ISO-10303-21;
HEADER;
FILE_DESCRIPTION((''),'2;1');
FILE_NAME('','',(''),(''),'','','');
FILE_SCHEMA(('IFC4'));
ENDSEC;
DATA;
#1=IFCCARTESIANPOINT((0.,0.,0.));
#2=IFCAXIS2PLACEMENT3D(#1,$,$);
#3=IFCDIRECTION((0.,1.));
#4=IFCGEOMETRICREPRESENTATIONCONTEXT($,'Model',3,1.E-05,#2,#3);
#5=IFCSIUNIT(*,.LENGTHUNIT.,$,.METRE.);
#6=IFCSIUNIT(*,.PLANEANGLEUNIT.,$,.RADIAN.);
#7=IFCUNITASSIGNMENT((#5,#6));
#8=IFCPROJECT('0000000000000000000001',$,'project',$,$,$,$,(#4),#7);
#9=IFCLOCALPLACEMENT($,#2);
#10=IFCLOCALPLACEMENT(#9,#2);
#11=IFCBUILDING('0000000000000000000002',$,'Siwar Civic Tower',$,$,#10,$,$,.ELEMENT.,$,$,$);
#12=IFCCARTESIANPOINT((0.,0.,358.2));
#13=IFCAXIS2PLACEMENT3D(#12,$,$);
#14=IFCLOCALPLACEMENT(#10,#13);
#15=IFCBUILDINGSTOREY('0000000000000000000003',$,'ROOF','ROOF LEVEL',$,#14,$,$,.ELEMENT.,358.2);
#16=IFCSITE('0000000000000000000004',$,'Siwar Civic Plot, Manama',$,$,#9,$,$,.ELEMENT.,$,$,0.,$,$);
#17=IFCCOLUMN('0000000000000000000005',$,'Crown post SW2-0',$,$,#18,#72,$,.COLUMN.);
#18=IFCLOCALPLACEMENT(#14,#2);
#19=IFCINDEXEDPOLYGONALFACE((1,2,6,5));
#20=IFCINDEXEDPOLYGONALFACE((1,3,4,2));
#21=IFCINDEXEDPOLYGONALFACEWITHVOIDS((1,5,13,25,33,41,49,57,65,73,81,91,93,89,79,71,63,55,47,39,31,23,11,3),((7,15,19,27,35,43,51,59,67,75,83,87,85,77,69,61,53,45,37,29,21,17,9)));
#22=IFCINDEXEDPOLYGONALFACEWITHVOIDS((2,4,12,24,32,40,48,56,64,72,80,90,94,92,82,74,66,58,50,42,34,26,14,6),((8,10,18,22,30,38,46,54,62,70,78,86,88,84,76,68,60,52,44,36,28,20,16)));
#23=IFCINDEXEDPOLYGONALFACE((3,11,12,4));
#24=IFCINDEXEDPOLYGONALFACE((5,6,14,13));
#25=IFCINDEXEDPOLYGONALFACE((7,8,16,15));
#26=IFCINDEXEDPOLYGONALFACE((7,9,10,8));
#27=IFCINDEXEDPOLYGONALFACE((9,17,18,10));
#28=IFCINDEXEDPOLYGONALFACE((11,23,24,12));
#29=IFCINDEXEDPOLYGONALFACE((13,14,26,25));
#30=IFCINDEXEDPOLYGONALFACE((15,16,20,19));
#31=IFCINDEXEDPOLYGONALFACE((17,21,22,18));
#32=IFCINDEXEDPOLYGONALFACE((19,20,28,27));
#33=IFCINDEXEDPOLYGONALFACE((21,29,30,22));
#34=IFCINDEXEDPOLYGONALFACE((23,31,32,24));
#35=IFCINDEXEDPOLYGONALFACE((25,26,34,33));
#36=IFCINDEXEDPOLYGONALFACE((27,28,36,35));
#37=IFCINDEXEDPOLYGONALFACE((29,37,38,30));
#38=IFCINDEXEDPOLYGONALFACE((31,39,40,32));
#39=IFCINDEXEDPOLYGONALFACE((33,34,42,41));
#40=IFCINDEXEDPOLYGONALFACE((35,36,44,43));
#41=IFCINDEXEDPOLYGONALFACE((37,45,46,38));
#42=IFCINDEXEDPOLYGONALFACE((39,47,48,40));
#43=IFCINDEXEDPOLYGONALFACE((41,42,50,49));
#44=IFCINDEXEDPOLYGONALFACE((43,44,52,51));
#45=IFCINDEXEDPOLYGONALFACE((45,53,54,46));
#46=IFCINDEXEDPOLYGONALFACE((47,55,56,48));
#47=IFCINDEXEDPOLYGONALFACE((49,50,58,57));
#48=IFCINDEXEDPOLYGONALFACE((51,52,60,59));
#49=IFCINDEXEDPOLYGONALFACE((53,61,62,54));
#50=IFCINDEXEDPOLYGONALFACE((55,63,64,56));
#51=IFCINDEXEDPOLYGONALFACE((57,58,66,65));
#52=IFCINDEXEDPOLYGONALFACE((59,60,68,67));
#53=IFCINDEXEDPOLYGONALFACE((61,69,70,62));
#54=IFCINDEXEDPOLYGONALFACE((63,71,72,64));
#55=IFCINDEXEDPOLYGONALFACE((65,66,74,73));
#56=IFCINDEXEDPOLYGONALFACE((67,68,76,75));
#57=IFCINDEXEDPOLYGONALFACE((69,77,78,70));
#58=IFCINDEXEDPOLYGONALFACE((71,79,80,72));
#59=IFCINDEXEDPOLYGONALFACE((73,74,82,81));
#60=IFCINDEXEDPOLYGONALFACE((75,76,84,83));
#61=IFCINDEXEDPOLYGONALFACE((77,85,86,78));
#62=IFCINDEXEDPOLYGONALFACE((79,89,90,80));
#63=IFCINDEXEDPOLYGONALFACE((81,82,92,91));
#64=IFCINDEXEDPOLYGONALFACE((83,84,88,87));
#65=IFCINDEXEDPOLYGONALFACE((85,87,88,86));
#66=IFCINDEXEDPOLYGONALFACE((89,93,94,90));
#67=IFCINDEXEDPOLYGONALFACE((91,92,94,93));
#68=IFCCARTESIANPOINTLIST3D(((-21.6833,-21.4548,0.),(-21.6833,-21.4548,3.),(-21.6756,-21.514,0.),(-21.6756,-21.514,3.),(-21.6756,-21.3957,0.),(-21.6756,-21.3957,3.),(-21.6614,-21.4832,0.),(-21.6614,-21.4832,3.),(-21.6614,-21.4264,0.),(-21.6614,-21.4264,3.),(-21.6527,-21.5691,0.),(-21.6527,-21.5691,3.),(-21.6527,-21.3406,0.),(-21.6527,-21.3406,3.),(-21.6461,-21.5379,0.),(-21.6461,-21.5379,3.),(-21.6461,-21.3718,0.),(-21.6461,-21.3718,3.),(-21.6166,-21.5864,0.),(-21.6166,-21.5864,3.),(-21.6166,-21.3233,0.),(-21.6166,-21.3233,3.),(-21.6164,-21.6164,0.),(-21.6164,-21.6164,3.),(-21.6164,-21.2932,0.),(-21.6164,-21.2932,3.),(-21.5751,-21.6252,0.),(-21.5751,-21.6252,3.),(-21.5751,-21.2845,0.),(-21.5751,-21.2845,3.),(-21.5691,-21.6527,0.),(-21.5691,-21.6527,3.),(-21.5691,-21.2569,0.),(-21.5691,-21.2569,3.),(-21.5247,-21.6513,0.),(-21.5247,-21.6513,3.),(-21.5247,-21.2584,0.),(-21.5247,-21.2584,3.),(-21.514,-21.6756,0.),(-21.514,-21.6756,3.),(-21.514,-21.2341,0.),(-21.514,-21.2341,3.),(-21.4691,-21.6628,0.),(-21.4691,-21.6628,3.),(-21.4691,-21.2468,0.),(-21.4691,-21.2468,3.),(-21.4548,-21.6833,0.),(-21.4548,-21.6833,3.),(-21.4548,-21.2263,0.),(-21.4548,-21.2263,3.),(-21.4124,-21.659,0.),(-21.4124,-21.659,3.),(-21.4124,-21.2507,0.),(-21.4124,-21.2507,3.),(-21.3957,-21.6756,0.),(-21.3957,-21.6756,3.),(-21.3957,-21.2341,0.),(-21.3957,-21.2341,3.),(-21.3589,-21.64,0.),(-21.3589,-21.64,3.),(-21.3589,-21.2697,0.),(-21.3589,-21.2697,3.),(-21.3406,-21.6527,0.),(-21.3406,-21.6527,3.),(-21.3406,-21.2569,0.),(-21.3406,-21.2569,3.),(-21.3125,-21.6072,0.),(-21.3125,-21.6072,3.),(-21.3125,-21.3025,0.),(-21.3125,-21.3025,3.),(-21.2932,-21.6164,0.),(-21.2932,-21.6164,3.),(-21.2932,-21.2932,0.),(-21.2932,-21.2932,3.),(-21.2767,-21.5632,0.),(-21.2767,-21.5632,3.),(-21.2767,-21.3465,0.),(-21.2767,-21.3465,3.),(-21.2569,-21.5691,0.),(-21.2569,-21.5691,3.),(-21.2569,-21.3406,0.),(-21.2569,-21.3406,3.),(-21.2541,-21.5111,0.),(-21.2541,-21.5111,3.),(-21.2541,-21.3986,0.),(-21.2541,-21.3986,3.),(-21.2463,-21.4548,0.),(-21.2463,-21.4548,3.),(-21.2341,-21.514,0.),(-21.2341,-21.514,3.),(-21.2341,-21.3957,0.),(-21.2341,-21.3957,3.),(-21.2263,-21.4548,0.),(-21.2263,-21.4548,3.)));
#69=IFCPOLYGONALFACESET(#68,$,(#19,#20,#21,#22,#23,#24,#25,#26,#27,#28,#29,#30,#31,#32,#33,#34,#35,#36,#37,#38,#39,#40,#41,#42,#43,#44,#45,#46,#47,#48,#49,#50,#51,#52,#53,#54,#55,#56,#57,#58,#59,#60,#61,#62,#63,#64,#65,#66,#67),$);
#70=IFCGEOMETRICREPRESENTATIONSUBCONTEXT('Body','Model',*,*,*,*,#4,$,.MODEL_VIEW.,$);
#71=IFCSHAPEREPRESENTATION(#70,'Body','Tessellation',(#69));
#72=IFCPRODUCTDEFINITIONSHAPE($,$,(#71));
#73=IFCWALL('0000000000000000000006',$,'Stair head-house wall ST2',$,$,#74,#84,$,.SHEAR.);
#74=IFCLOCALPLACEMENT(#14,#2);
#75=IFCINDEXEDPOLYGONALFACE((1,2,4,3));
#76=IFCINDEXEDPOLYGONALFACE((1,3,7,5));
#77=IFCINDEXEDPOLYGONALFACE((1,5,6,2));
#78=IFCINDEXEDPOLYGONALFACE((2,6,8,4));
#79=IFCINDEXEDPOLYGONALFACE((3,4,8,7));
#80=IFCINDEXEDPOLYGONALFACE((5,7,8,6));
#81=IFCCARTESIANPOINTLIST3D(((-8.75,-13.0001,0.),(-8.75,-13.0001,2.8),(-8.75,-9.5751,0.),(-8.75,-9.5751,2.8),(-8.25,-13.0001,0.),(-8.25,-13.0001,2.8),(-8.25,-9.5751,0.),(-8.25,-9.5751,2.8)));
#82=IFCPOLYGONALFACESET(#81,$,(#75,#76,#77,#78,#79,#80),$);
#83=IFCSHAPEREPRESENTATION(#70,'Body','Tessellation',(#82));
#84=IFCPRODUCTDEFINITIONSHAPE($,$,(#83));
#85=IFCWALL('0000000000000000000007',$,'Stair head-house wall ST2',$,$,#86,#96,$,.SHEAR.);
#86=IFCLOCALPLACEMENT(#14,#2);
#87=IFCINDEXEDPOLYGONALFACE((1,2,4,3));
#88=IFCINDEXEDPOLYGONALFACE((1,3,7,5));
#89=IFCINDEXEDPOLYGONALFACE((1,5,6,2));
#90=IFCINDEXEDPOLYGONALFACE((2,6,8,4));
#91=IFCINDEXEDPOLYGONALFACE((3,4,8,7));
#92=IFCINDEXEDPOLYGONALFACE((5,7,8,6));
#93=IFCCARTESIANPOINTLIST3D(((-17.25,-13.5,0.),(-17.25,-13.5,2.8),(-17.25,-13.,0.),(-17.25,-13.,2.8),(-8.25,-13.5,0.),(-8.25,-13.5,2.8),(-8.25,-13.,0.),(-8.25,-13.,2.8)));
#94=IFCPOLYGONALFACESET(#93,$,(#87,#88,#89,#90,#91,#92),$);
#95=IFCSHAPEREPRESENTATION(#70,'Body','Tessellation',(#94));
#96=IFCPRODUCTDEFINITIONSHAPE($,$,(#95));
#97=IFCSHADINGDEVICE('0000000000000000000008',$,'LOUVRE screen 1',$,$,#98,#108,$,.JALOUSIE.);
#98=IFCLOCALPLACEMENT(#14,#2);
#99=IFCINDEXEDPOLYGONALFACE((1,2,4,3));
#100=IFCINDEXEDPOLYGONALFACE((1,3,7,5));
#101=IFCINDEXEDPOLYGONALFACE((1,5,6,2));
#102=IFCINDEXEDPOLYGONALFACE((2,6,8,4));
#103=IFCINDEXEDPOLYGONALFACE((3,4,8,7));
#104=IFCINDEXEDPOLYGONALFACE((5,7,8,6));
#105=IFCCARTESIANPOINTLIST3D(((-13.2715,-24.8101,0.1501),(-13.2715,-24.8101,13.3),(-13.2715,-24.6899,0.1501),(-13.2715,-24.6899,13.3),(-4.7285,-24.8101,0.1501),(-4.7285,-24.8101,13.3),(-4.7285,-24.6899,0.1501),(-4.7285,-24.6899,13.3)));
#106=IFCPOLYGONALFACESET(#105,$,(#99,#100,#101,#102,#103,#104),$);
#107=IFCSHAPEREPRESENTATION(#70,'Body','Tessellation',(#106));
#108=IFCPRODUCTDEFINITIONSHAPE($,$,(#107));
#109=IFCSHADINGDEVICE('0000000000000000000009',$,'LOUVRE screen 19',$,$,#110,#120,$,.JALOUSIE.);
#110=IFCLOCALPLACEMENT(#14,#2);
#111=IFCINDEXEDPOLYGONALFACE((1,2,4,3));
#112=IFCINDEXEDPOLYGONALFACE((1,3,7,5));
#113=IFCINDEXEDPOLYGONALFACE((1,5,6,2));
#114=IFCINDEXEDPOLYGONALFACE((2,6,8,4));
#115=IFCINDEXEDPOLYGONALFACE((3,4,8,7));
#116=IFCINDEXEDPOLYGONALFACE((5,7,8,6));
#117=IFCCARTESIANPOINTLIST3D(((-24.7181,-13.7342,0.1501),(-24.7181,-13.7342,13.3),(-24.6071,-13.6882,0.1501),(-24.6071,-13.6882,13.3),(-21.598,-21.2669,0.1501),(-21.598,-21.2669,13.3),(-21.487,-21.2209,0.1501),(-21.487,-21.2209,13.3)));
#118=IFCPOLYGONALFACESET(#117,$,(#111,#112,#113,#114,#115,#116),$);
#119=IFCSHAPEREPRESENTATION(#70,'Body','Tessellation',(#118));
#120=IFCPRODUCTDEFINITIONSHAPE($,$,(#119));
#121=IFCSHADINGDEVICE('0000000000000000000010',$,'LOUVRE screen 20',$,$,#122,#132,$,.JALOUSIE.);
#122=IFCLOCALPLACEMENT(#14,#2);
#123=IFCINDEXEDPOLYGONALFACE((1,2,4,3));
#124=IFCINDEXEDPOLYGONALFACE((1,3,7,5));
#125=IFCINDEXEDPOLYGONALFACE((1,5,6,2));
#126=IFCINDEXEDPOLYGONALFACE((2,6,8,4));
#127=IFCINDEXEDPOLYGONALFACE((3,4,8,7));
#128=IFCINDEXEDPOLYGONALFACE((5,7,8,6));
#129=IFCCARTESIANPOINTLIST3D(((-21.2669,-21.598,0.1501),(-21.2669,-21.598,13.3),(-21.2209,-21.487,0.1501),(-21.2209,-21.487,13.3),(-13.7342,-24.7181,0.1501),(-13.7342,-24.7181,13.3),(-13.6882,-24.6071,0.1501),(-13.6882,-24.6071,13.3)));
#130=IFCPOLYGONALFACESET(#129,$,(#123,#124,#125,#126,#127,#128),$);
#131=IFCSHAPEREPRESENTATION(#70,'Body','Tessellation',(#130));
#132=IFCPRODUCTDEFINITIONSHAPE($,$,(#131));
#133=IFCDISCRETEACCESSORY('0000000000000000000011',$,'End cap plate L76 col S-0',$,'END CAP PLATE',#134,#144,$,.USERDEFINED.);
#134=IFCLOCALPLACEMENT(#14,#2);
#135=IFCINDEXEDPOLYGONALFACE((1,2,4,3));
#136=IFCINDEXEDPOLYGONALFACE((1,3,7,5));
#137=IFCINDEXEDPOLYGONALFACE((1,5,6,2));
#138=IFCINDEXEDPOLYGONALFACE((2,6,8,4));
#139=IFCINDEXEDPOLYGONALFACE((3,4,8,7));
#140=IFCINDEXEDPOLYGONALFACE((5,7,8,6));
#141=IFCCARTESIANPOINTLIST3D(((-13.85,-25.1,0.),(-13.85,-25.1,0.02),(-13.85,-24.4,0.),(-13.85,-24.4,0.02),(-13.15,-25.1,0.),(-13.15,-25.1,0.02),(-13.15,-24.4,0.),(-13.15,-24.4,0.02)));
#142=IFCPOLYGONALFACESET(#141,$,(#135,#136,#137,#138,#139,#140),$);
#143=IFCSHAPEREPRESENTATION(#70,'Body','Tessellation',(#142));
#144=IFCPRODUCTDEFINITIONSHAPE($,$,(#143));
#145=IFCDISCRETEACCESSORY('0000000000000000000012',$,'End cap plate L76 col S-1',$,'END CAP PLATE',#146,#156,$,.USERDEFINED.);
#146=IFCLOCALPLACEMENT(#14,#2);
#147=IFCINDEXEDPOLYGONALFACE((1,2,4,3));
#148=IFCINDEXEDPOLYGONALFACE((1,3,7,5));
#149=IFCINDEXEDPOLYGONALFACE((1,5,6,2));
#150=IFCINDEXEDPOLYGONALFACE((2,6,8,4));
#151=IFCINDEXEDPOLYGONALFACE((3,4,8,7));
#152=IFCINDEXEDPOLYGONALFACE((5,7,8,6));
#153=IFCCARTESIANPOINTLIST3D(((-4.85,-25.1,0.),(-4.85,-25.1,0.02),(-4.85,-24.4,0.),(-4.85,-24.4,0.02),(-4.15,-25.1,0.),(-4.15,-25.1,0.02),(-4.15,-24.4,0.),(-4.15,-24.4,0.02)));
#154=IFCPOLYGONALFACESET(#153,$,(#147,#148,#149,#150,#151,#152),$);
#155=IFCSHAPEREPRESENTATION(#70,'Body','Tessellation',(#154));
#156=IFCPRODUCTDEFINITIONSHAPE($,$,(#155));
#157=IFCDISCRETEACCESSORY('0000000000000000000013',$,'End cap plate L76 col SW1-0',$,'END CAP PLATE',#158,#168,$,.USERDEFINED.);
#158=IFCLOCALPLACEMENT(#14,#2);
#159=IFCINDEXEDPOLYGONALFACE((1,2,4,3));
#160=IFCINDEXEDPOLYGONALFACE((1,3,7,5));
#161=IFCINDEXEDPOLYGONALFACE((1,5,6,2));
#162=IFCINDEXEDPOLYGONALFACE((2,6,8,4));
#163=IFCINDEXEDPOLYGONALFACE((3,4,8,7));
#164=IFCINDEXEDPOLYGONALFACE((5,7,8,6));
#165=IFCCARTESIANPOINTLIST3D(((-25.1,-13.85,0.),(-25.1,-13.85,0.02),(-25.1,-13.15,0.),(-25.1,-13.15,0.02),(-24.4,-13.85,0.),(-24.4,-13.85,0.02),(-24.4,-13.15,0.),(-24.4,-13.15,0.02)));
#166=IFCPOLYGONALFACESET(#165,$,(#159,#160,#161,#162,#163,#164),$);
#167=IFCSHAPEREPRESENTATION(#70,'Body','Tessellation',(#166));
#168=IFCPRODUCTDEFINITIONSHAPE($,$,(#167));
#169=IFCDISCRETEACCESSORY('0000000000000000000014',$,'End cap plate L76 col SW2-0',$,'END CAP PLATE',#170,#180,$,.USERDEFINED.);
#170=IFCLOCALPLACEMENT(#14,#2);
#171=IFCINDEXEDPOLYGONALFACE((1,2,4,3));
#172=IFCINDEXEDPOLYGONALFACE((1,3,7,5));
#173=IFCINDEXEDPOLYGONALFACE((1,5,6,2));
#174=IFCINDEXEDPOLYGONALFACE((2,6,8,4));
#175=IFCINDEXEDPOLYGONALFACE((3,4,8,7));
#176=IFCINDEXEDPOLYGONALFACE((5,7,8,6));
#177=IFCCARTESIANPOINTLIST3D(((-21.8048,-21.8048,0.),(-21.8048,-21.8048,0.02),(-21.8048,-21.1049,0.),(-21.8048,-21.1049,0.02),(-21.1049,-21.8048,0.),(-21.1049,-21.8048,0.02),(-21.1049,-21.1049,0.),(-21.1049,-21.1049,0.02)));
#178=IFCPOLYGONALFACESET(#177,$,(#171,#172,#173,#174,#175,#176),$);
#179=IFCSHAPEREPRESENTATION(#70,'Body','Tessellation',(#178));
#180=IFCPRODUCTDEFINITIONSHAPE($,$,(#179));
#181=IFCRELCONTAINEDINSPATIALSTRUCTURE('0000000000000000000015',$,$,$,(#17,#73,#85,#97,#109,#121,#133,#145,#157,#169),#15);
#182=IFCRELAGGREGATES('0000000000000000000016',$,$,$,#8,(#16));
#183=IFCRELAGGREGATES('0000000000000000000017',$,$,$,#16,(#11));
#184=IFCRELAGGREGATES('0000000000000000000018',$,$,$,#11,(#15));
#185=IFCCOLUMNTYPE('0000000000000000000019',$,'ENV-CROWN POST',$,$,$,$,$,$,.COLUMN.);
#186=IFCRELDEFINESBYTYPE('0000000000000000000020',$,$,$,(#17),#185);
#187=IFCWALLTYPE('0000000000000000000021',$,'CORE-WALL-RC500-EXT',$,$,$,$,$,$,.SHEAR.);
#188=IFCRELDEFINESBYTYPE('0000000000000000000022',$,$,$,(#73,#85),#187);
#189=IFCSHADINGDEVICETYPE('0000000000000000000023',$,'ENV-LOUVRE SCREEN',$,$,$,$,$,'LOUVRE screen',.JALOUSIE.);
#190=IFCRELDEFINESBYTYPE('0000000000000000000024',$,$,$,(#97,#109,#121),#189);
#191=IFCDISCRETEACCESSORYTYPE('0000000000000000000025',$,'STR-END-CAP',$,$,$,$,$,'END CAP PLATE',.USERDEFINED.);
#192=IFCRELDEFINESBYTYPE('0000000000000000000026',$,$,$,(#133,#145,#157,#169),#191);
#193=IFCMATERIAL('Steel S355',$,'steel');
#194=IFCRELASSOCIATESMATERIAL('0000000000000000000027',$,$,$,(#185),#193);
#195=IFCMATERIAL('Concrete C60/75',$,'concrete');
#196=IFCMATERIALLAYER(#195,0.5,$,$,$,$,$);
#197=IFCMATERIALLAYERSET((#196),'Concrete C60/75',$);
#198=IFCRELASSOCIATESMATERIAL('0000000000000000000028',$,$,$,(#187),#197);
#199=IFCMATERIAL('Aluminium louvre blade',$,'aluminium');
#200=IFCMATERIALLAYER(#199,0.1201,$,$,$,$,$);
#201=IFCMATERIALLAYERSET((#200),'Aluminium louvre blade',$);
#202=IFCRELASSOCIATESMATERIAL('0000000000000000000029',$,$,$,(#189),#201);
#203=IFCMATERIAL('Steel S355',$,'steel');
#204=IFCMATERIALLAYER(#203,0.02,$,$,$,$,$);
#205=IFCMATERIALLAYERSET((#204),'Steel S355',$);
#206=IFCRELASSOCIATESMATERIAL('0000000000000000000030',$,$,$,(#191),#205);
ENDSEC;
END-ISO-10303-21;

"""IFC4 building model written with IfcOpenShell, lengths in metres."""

from ifc_helpers import new_model, si_unit, direction, frame, frame_2d, origin, origin_2d, place, context, subcontext, project, spatial, rectangle, hollow_circle, extrude, material, layer, layer_set, material_profile, profile_set, type_object, element, save


model = new_model("IFC4")

# Units and contexts
model_context = context("Model", 3, precision=1e-05, world=origin(), true_north=direction((0.0, 1.0)))
body_context = subcontext(model_context, "Body", "Model", "MODEL_VIEW")
ifc_project = project(units=[si_unit("LENGTHUNIT", "METRE"), si_unit("PLANEANGLEUNIT", "RADIAN")], contexts=[model_context])

# Site, building, storey
site_placement = place(None, origin())
site = spatial("IfcSite", under=ifc_project, at=site_placement, Name="Siwar Civic Plot, Manama", CompositionType="ELEMENT", RefElevation=0.0)
building_placement = place(site_placement, origin())
building = spatial("IfcBuilding", under=site, at=building_placement, Name="Siwar Civic Tower", CompositionType="ELEMENT")
storey_placement = place(building_placement, frame((0.0, 0.0, 358.2)))
storey = spatial("IfcBuildingStorey", under=building, at=storey_placement, Name="ROOF", Description="ROOF LEVEL", CompositionType="ELEMENT", Elevation=358.2)

# Column
ifc_material_1 = material(Name="Steel S355", Category="steel")
ifc_material_profile = material_profile(ifc_material_1, hollow_circle(Radius=0.2285, WallThickness=0.02, at=origin_2d()), Name="CHS457x20")
ifc_profile_set = profile_set([ifc_material_profile], Name="Steel S355")
column_type = type_object("IfcColumnType", Name="ENV-CROWN POST", PredefinedType="COLUMN", material=ifc_profile_set)
for number, where, z_axis, x_axis, name in (
    (1, (-21.4548, -21.4548, 0.0), (0.0, 0.0, 1.0), (1.0, 0.0, 0.0), "Crown post SW2-0"),
):
    element("IfcColumn", number, at=place(storey_placement, frame(where, z_axis=z_axis, x_axis=x_axis)), inside=storey, type_object=column_type, Name=name, PredefinedType="COLUMN", context=body_context, shape_type="SweptSolid", body=[
        extrude(hollow_circle(Radius=0.2285, WallThickness=0.02, at=origin_2d()), origin(), (0.0, 0.0, 1.0), 3.0),
    ])

# Walls
ifc_material_2 = material(Name="Concrete C60/75", Category="concrete")
ifc_layer_1 = layer(ifc_material_2, 0.5)
ifc_layer_set_1 = layer_set([ifc_layer_1], Name="Concrete C60/75")
wall_type = type_object("IfcWallType", Name="CORE-WALL-RC500-EXT", PredefinedType="SHEAR", material=ifc_layer_set_1)
wall_1_placement = place(storey_placement, frame((-8.5, -13.0, 0.0), z_axis=(0.0, 0.0, 1.0), x_axis=(0.0, 1.0, 0.0)))
element("IfcWall", 2, at=wall_1_placement, inside=storey, type_object=wall_type, Name="Stair head-house wall ST2", PredefinedType="SHEAR", context=body_context, shape_type="SweptSolid", body=[
    extrude(rectangle(XDim=3.425, YDim=0.5, at=frame_2d((1.7124, 0.0))), origin(), (0.0, 0.0, 1.0), 2.8),
])
wall_2_placement = place(storey_placement, frame((-8.25, -13.25, 0.0), z_axis=(0.0, 0.0, 1.0), x_axis=(-1.0, 0.0, 0.0)))
element("IfcWall", 3, at=wall_2_placement, inside=storey, type_object=wall_type, Name="Stair head-house wall ST2", PredefinedType="SHEAR", context=body_context, shape_type="SweptSolid", body=[
    extrude(rectangle(XDim=9.0, YDim=0.5, at=frame_2d((4.5, 0.0))), origin(), (0.0, 0.0, 1.0), 2.8),
])

# Shading devices
ifc_material_3 = material(Name="Aluminium louvre blade", Category="aluminium")
ifc_layer_2 = layer(ifc_material_3, 0.1201)
ifc_layer_set_2 = layer_set([ifc_layer_2], Name="Aluminium louvre blade")
shading_device_type = type_object("IfcShadingDeviceType", Name="ENV-LOUVRE SCREEN", ElementType="LOUVRE screen", PredefinedType="JALOUSIE", material=ifc_layer_set_2)
shading_device_placement = place(storey_placement, frame((-9.0, -24.75, 0.1501), z_axis=(0.0, 0.0, 1.0), x_axis=(1.0, 0.0, 0.0)))
element("IfcShadingDevice", 4, at=shading_device_placement, inside=storey, type_object=shading_device_type, Name="LOUVRE screen 1", PredefinedType="JALOUSIE", context=body_context, shape_type="SweptSolid", body=[
    extrude(rectangle(XDim=8.543, YDim=0.1201, at=origin_2d()), origin(), (0.0, 0.0, 1.0), 13.1499),
])
for number, where, z_axis, x_axis, name in (
    (5, (-23.1025, -17.4775, 0.1501), (0.0, 0.0, 1.0), (0.382683, -0.92388, 0.0), "LOUVRE screen 19"),
    (6, (-17.4775, -23.1025, 0.1501), (0.0, 0.0, 1.0), (0.92388, -0.382683, 0.0), "LOUVRE screen 20"),
):
    element("IfcShadingDevice", number, at=place(storey_placement, frame(where, z_axis=z_axis, x_axis=x_axis)), inside=storey, type_object=shading_device_type, Name=name, PredefinedType="JALOUSIE", context=body_context, shape_type="SweptSolid", body=[
        extrude(rectangle(XDim=8.1533, YDim=0.1201, at=origin_2d()), origin(), (0.0, 0.0, 1.0), 13.1499),
    ])

# Discrete accessories
ifc_material_4 = material(Name="Steel S355", Category="steel")
ifc_layer_3 = layer(ifc_material_4, 0.02)
ifc_layer_set_3 = layer_set([ifc_layer_3], Name="Steel S355")
discrete_accessory_type = type_object("IfcDiscreteAccessoryType", Name="STR-END-CAP", ElementType="END CAP PLATE", PredefinedType="USERDEFINED", material=ifc_layer_set_3)
for number, where, z_axis, x_axis, name in (
    (7, (-13.5, -24.75, 0.0), (0.0, 0.0, 1.0), (1.0, 0.0, 0.0), "End cap plate L76 col S-0"),
    (8, (-4.5, -24.75, 0.0), (0.0, 0.0, 1.0), (1.0, 0.0, 0.0), "End cap plate L76 col S-1"),
    (9, (-24.75, -13.5, 0.0), (0.0, 0.0, 1.0), (1.0, 0.0, 0.0), "End cap plate L76 col SW1-0"),
    (10, (-21.4548, -21.4548, 0.0), (0.0, 0.0, 1.0), (1.0, 0.0, 0.0), "End cap plate L76 col SW2-0"),
):
    element("IfcDiscreteAccessory", number, at=place(storey_placement, frame(where, z_axis=z_axis, x_axis=x_axis)), inside=storey, type_object=discrete_accessory_type, Name=name, ObjectType="END CAP PLATE", PredefinedType="USERDEFINED", context=body_context, shape_type="SweptSolid", body=[
        extrude(rectangle(XDim=0.7, YDim=0.7, at=origin_2d()), origin(), (0.0, 0.0, 1.0), 0.02),
    ])

save(model, "model.ifc")
